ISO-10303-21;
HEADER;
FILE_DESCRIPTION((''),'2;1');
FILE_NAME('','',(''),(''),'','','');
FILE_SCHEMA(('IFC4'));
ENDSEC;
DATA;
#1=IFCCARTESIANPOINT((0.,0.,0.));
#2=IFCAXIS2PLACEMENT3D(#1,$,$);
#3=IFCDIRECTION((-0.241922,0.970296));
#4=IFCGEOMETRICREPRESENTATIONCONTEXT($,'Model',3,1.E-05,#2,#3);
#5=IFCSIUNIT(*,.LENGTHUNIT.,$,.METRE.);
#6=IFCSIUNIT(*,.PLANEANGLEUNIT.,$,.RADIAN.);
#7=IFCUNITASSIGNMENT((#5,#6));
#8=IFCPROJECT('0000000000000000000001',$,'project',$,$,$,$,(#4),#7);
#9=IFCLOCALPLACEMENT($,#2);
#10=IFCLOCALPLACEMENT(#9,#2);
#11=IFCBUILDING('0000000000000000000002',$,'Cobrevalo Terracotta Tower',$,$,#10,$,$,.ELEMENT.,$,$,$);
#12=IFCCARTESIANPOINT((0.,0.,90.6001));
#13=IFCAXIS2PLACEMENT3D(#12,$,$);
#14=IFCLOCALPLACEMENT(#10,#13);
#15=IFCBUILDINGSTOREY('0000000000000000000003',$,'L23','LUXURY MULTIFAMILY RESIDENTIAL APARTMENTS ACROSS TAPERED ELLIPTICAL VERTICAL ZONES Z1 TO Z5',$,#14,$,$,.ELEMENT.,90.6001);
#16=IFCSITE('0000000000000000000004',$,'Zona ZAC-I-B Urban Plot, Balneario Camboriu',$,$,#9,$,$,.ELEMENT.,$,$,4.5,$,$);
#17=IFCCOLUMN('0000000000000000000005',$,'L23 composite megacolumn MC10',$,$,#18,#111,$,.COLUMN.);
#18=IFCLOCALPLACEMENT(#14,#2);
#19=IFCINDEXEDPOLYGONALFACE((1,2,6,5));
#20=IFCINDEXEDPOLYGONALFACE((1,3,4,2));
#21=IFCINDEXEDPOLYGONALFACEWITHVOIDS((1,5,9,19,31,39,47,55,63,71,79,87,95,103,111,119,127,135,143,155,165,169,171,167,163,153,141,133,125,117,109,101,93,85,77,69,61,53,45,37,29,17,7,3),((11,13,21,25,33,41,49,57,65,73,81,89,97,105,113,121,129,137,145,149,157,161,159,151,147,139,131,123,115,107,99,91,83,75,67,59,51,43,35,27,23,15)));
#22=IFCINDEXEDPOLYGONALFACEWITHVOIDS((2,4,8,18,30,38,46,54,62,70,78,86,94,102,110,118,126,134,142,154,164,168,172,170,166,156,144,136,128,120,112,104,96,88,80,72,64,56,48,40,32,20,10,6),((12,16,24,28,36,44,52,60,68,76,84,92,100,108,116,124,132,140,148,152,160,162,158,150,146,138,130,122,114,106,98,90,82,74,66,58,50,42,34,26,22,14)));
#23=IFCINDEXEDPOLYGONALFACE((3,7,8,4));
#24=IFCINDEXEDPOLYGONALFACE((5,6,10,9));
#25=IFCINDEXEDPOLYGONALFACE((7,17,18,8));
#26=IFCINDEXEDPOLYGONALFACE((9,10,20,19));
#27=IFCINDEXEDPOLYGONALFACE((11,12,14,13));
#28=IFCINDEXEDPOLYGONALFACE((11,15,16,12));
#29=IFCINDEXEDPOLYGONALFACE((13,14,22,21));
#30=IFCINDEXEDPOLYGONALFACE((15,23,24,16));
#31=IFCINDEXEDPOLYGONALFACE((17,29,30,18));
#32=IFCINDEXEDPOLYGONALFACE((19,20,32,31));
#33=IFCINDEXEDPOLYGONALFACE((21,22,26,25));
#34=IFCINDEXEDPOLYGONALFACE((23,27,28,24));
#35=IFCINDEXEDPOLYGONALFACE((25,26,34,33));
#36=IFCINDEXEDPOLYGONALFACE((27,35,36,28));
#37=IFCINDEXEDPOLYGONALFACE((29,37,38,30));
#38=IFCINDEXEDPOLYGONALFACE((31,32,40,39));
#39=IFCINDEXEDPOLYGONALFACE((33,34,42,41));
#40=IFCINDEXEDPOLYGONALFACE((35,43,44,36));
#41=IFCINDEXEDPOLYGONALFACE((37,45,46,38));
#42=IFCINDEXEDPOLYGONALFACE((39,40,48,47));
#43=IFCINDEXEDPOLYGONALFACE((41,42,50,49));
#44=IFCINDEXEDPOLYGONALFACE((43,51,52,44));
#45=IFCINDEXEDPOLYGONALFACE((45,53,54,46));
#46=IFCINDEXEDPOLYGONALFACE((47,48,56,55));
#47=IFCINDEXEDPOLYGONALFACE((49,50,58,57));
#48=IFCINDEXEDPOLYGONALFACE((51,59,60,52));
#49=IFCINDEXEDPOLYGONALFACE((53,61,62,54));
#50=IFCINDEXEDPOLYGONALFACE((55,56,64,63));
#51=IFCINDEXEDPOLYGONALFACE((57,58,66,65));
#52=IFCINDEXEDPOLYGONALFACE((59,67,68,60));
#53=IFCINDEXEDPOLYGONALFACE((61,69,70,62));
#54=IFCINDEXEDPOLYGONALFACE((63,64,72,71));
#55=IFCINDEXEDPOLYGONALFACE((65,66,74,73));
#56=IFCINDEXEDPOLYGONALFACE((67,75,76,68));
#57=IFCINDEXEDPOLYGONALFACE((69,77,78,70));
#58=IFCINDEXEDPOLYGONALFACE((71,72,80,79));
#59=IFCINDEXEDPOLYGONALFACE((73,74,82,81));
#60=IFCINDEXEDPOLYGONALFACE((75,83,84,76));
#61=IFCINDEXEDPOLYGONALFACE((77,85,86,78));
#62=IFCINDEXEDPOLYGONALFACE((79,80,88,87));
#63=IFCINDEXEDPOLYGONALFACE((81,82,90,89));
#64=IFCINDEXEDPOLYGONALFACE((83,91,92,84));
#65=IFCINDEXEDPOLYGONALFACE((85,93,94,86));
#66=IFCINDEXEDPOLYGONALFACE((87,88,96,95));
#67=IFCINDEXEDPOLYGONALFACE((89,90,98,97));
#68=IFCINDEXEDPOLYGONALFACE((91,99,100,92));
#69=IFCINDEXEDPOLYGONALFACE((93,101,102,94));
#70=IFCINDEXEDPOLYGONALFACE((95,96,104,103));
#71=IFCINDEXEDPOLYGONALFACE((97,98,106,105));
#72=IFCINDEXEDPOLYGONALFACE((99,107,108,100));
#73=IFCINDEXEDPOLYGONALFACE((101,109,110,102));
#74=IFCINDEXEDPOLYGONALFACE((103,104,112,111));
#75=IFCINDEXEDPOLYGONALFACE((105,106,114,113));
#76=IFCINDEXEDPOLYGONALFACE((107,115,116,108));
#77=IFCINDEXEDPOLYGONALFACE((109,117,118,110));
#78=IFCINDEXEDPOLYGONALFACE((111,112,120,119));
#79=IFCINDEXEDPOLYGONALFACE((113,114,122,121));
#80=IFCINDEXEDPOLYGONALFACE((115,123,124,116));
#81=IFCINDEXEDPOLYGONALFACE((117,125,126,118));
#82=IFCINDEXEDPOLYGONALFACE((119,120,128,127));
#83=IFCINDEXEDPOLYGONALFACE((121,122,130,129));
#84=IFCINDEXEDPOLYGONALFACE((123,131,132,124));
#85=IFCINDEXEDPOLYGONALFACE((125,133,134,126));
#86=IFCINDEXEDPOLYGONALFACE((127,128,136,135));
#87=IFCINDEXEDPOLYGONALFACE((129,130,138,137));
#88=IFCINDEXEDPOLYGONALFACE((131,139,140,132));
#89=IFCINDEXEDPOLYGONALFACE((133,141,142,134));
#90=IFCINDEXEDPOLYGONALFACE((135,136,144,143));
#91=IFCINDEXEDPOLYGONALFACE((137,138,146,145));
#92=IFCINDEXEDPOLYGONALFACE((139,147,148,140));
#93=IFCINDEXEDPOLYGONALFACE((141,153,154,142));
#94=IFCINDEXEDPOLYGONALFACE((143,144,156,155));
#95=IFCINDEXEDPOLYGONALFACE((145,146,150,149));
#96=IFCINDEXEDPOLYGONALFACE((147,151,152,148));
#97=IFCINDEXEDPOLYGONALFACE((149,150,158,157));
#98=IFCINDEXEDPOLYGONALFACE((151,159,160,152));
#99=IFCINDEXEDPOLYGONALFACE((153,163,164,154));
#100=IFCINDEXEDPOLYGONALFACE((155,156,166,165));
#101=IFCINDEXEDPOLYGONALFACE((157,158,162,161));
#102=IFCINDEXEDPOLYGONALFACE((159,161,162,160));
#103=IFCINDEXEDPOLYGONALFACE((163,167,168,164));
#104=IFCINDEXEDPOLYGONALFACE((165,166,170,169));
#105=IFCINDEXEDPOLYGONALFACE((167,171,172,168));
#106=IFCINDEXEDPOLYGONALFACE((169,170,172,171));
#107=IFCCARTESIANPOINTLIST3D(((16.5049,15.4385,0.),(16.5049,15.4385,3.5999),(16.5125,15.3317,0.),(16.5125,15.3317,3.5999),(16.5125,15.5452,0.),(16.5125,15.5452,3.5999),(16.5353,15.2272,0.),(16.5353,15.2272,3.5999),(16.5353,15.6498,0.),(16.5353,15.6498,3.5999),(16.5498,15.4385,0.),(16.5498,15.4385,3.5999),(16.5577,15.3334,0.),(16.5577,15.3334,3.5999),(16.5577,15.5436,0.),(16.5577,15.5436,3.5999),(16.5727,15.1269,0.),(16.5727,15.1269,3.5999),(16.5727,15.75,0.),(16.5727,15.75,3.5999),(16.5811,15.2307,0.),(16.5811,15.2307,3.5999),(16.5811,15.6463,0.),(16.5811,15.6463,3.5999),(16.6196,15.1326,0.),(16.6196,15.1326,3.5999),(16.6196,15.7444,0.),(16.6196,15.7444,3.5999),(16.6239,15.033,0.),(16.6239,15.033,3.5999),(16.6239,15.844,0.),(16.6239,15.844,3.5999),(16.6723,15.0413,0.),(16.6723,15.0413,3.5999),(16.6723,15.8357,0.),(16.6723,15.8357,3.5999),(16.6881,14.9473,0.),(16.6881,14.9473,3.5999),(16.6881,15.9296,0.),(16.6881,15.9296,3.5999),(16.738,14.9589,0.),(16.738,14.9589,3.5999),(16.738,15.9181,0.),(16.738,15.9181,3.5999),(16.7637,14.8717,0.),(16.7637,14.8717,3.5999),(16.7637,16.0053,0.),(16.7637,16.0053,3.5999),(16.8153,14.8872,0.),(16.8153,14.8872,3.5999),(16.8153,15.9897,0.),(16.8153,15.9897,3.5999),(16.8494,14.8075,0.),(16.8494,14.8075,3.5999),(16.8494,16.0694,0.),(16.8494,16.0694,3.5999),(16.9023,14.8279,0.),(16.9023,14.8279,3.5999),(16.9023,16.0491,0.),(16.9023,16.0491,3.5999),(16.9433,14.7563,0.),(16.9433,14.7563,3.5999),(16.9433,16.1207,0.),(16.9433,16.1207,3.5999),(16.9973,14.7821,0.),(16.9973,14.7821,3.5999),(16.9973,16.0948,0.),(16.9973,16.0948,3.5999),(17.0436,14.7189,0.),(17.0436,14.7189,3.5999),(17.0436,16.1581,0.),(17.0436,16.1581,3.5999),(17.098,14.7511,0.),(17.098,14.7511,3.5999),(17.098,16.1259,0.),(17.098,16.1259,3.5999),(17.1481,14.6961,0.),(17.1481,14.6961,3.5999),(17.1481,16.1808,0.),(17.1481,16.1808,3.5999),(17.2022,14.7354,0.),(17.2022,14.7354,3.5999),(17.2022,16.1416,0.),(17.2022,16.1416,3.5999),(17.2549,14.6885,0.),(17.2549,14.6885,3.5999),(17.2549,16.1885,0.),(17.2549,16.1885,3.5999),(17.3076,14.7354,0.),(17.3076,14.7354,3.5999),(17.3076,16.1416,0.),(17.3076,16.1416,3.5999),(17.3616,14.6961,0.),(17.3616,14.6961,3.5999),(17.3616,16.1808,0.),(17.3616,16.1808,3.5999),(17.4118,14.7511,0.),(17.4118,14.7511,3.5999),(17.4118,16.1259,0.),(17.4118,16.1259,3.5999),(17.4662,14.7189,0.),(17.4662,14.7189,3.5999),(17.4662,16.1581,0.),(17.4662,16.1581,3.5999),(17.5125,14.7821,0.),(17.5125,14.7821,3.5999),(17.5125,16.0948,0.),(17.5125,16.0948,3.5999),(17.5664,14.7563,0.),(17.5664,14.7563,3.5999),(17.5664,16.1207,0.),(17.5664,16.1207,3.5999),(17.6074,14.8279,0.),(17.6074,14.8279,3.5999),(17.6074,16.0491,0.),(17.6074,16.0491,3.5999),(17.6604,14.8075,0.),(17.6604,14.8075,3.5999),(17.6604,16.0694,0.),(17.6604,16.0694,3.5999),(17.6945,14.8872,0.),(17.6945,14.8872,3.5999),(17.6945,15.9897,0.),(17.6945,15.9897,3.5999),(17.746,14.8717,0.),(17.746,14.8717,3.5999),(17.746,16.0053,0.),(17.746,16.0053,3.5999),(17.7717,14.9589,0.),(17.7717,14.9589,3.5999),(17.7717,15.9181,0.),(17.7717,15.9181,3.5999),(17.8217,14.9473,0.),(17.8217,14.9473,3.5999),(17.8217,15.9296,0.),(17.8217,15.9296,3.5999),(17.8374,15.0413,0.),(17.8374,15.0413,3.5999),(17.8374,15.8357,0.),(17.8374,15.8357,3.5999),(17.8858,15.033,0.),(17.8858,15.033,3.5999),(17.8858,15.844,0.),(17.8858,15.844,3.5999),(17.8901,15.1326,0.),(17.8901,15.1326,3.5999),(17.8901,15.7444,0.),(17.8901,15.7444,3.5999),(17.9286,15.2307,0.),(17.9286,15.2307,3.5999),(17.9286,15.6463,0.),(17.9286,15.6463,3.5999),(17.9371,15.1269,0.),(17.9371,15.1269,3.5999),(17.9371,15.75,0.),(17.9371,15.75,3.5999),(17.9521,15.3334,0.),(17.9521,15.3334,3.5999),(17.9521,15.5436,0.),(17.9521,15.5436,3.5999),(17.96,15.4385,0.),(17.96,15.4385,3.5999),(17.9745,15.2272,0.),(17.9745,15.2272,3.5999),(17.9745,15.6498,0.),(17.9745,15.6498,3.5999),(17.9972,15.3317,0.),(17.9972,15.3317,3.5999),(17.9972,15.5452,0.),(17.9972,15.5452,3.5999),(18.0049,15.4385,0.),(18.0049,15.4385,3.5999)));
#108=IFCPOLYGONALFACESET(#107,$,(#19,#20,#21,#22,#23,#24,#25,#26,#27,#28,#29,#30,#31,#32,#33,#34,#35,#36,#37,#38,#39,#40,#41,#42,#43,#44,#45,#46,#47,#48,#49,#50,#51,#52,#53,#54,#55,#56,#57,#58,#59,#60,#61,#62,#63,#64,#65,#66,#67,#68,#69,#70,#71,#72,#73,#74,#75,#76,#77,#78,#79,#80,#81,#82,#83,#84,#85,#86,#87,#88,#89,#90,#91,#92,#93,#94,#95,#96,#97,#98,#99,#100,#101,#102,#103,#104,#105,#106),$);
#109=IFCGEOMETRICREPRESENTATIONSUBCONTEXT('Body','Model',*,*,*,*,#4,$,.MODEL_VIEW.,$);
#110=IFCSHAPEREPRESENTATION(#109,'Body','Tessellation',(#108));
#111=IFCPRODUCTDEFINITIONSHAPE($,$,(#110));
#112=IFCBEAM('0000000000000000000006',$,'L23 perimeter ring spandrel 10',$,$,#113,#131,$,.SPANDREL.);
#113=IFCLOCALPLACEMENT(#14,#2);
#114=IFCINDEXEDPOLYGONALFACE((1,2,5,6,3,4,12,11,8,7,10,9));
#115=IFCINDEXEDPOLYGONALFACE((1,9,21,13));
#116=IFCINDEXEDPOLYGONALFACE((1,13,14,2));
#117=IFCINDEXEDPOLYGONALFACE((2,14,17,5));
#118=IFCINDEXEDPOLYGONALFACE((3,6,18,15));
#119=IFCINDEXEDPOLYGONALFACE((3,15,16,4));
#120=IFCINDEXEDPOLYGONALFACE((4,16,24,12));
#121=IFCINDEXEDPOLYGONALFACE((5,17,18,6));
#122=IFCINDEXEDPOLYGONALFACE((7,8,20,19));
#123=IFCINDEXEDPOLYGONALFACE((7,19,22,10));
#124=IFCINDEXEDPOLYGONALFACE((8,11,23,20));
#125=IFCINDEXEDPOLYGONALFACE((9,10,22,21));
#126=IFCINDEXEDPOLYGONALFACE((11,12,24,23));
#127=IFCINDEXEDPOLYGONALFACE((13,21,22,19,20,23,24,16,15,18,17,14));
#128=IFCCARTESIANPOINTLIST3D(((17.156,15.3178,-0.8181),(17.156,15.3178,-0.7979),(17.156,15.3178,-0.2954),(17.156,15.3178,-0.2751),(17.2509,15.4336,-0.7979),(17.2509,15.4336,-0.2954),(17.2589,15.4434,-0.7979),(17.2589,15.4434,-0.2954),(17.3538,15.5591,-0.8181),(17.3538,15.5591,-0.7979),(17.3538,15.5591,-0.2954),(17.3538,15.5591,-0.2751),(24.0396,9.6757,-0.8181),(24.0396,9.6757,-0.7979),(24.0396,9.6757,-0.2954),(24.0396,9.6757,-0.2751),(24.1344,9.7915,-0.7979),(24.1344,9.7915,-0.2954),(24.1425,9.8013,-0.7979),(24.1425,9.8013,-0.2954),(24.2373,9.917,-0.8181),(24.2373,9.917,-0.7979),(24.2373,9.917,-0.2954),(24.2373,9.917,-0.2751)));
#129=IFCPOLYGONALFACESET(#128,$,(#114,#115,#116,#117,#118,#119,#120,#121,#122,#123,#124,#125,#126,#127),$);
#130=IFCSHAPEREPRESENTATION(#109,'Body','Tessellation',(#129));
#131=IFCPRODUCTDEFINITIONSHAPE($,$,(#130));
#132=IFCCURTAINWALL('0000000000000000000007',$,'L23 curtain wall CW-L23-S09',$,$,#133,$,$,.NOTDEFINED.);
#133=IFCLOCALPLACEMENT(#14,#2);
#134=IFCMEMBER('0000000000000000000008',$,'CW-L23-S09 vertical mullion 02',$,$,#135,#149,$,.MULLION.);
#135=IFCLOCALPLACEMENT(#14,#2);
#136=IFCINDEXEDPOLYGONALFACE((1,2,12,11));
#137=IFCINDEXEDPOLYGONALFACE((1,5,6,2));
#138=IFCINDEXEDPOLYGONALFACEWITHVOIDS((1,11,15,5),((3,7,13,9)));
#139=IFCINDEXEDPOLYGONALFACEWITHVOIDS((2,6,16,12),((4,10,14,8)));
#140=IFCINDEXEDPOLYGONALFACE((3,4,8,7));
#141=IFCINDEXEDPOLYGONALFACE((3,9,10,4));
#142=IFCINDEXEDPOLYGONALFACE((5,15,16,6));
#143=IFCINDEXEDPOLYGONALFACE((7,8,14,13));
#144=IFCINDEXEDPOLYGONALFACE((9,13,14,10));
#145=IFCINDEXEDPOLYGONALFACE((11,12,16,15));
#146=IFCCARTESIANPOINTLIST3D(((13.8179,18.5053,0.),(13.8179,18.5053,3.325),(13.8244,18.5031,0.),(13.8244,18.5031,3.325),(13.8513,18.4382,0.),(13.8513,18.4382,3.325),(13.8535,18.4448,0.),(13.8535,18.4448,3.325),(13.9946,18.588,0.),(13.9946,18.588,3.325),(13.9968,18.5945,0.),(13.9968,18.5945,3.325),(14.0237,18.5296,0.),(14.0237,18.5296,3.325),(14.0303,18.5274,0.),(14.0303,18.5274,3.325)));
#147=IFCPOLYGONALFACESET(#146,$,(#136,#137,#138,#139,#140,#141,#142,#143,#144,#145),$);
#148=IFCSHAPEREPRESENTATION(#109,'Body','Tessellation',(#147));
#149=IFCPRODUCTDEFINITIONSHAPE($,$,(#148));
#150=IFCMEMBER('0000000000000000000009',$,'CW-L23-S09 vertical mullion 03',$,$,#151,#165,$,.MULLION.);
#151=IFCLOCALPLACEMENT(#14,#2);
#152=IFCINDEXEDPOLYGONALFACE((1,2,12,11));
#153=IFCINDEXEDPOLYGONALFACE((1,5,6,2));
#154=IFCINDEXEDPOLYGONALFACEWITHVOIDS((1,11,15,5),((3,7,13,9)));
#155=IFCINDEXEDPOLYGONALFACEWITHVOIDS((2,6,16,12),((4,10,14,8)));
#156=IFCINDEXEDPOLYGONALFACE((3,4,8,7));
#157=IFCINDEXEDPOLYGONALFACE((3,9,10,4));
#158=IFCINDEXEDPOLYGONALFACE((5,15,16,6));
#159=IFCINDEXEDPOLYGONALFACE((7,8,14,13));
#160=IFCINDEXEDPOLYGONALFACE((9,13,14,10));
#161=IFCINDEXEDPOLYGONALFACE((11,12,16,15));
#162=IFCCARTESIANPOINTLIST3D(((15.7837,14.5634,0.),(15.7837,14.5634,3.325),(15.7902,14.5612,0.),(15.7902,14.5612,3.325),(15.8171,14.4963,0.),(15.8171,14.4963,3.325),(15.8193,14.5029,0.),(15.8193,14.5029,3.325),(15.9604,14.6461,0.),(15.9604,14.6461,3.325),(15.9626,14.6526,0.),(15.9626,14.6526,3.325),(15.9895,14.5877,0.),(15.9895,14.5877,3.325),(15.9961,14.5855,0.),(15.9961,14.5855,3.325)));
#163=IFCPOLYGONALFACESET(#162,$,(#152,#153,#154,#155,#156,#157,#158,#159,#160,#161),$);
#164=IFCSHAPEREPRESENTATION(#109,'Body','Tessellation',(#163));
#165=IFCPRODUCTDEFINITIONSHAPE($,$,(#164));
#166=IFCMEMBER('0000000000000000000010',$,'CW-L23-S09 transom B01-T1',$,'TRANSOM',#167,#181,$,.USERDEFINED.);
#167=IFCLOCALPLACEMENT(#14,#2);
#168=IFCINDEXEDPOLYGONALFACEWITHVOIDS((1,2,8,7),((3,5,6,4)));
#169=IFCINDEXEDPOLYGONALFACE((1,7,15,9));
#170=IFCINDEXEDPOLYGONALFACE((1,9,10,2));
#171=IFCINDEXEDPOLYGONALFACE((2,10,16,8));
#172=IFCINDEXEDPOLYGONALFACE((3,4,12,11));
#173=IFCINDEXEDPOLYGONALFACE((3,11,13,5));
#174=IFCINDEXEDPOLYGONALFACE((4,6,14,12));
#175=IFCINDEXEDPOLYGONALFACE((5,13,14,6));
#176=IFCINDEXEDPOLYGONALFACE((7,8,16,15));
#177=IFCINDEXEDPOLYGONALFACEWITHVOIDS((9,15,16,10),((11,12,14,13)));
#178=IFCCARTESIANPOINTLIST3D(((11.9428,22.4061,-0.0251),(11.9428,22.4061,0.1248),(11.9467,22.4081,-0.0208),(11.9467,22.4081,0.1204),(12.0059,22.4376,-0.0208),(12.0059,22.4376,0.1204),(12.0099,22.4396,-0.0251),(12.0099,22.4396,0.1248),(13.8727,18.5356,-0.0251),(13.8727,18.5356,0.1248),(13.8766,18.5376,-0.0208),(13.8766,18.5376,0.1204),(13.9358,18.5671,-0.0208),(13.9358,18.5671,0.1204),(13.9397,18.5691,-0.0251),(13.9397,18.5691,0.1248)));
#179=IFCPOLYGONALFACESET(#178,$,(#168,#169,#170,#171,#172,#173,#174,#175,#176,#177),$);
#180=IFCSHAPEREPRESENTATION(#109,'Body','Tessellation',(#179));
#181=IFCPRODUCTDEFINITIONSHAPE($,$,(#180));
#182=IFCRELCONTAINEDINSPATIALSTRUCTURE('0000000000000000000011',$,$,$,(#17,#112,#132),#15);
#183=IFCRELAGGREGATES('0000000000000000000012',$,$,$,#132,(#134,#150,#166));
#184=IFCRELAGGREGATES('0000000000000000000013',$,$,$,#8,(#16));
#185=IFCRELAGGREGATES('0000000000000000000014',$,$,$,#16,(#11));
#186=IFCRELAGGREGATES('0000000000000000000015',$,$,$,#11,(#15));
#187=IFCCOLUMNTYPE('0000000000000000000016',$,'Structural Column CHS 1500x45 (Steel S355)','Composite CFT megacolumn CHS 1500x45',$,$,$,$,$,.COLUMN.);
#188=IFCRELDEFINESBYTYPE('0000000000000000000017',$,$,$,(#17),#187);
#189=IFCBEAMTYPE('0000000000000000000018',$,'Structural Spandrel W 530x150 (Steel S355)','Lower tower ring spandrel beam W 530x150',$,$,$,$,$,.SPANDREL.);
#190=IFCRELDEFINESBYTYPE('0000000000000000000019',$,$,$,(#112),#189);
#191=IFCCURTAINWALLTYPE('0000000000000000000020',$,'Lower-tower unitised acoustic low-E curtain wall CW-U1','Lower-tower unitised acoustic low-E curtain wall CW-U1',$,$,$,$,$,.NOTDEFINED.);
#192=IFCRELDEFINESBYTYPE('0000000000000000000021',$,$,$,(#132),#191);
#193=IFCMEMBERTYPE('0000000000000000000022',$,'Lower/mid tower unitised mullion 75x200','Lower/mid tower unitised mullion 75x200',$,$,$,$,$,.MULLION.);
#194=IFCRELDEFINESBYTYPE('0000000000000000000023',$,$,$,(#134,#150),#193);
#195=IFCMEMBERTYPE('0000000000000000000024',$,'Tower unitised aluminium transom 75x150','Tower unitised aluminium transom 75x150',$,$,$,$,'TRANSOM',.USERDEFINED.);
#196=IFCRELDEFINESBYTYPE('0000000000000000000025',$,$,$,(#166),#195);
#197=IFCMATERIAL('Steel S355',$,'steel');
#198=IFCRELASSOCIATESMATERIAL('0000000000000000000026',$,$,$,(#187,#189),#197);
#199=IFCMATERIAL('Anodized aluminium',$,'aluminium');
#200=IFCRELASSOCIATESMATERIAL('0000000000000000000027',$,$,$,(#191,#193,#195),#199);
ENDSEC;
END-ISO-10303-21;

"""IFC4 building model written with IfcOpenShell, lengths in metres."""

from ifc_helpers import new_model, si_unit, direction, frame, origin, origin_2d, place, context, subcontext, project, spatial, hollow_rectangle, hollow_circle, i_section, extrude, source, transform, mapped, material, material_profile, profile_set, type_object, element, aggregate, save


model = new_model("IFC4")

# Units and contexts
model_context = context("Model", 3, precision=1e-05, world=origin(), true_north=direction((-0.241922, 0.970296)))
body_context = subcontext(model_context, "Body", "Model", "MODEL_VIEW")
ifc_project = project(units=[si_unit("LENGTHUNIT", "METRE"), si_unit("PLANEANGLEUNIT", "RADIAN")], contexts=[model_context])

# Site, building, storey
site_placement = place(None, origin())
site = spatial("IfcSite", under=ifc_project, at=site_placement, Name="Zona ZAC-I-B Urban Plot, Balneario Camboriu", CompositionType="ELEMENT", RefElevation=4.5)
building_placement = place(site_placement, origin())
building = spatial("IfcBuilding", under=site, at=building_placement, Name="Cobrevalo Terracotta Tower", CompositionType="ELEMENT")
storey_placement = place(building_placement, frame((0.0, 0.0, 90.6001)))
storey = spatial("IfcBuildingStorey", under=building, at=storey_placement, Name="L23", Description="LUXURY MULTIFAMILY RESIDENTIAL APARTMENTS ACROSS TAPERED ELLIPTICAL VERTICAL ZONES Z1 TO Z5", CompositionType="ELEMENT", Elevation=90.6001)

# Column
ifc_material_1 = material(Name="Steel S355", Category="steel")
ifc_material_profile_1 = material_profile(ifc_material_1, hollow_circle(Radius=0.75, WallThickness=0.0449, at=origin_2d()), Name="CHS 1500x45")
ifc_profile_set_1 = profile_set([ifc_material_profile_1], Name="Steel S355")
column_type = type_object("IfcColumnType", Name="Structural Column CHS 1500x45 (Steel S355)", Description="Composite CFT megacolumn CHS 1500x45", PredefinedType="COLUMN", material=ifc_profile_set_1)
column_placement = place(storey_placement, frame((17.2549, 15.4385, 0.0), z_axis=(0.0, 0.0, 1.0), x_axis=(1.0, 0.0, 0.0)))
element("IfcColumn", 1, at=column_placement, inside=storey, type_object=column_type, Name="L23 composite megacolumn MC10", PredefinedType="COLUMN", context=body_context, shape_type="SweptSolid", body=[
    extrude(hollow_circle(Radius=0.75, WallThickness=0.0449, at=origin_2d()), origin(), (0.0, 0.0, 1.0), 3.5999),
])

# Beam
ifc_material_profile_2 = material_profile(ifc_material_1, i_section(OverallWidth=0.312, OverallDepth=0.543, WebThickness=0.0127, FlangeThickness=0.0203, at=origin_2d()), Name="W 530x150")
ifc_profile_set_2 = profile_set([ifc_material_profile_2], Name="Steel S355")
beam_type = type_object("IfcBeamType", Name="Structural Spandrel W 530x150 (Steel S355)", Description="Lower tower ring spandrel beam W 530x150", PredefinedType="SPANDREL", material=ifc_profile_set_2)
beam_placement = place(storey_placement, frame((17.2549, 15.4385, -0.5466), z_axis=(0.773401, -0.633917, 0.0), x_axis=(0.633917, 0.773401, 0.0)))
element("IfcBeam", 2, at=beam_placement, inside=storey, type_object=beam_type, Name="L23 perimeter ring spandrel 10", PredefinedType="SPANDREL", context=body_context, shape_type="SweptSolid", body=[
    extrude(i_section(OverallWidth=0.312, OverallDepth=0.543, WebThickness=0.0127, FlangeThickness=0.0203, at=origin_2d()), origin(), (0.0, 0.0, 1.0), 8.9004),
])

# Curtain wall, members
ifc_material_2 = material(Name="Anodized aluminium", Category="aluminium")
curtain_wall_type = type_object("IfcCurtainWallType", Name="Lower-tower unitised acoustic low-E curtain wall CW-U1", Description="Lower-tower unitised acoustic low-E curtain wall CW-U1", PredefinedType="NOTDEFINED", material=ifc_material_2)
curtain_wall_placement = place(storey_placement, origin())
curtain_wall = element("IfcCurtainWall", 3, at=curtain_wall_placement, inside=storey, type_object=curtain_wall_type, Name="L23 curtain wall CW-L23-S09", PredefinedType="NOTDEFINED")
ifc_material_profile_3 = material_profile(ifc_material_2, hollow_rectangle(XDim=0.075, YDim=0.2, WallThickness=0.0049, at=origin_2d()), Name="CWM 75x200")
ifc_profile_set_3 = profile_set([ifc_material_profile_3], Name="Anodized aluminium")
member_type_1 = type_object("IfcMemberType", Name="Lower/mid tower unitised mullion 75x200", Description="Lower/mid tower unitised mullion 75x200", PredefinedType="MULLION", material=ifc_profile_set_3)
shared_shape_1 = source(origin(), body_context, "Body", "SweptSolid", [
    extrude(hollow_rectangle(XDim=0.075, YDim=0.2, WallThickness=0.0049, at=origin_2d()), origin(), (0.0, 0.0, 1.0), 3.325),
])
member_1_placement = place(storey_placement, frame((13.9241, 18.5164, 0.0), z_axis=(0.0, 0.0, 1.0), x_axis=(0.44626, -0.894903, 0.0)))
member_1 = element("IfcMember", 4, at=member_1_placement, type_object=member_type_1, Name="CW-L23-S09 vertical mullion 02", PredefinedType="MULLION", context=body_context, shape_type="MappedRepresentation", body=[
    mapped(shared_shape_1, transform((0.0, 0.0, 0.0), scale=1.0)),
])
member_2_placement = place(storey_placement, frame((15.8899, 14.5745, 0.0), z_axis=(0.0, 0.0, 1.0), x_axis=(0.44626, -0.894903, 0.0)))
member_2 = element("IfcMember", 5, at=member_2_placement, type_object=member_type_1, Name="CW-L23-S09 vertical mullion 03", PredefinedType="MULLION", context=body_context, shape_type="MappedRepresentation", body=[
    mapped(shared_shape_1, transform((0.0, 0.0, 0.0), scale=1.0)),
])
ifc_material_profile_4 = material_profile(ifc_material_2, hollow_rectangle(XDim=0.075, YDim=0.1499, WallThickness=0.0044, at=origin_2d()), Name="CWT 75x150")
ifc_profile_set_4 = profile_set([ifc_material_profile_4], Name="Anodized aluminium")
member_type_2 = type_object("IfcMemberType", Name="Tower unitised aluminium transom 75x150", Description="Tower unitised aluminium transom 75x150", ElementType="TRANSOM", PredefinedType="USERDEFINED", material=ifc_profile_set_4)
shared_shape_2 = source(origin(), body_context, "Body", "SweptSolid", [
    extrude(hollow_rectangle(XDim=0.075, YDim=0.1499, WallThickness=0.0044, at=origin_2d()), origin(), (0.0, 0.0, 1.0), 4.325),
])
member_3_placement = place(storey_placement, frame((11.9763, 22.4229, 0.0498), z_axis=(0.44622, -0.894923, 0.0), x_axis=(0.894923, 0.44622, 0.0)))
member_3 = element("IfcMember", 6, at=member_3_placement, type_object=member_type_2, Name="CW-L23-S09 transom B01-T1", ObjectType="TRANSOM", PredefinedType="USERDEFINED", context=body_context, shape_type="MappedRepresentation", body=[
    mapped(shared_shape_2, transform((0.0, 0.0, 0.0), scale=1.0)),
])

aggregate(curtain_wall, [member_1, member_2, member_3])

save(model, "model.ifc")
